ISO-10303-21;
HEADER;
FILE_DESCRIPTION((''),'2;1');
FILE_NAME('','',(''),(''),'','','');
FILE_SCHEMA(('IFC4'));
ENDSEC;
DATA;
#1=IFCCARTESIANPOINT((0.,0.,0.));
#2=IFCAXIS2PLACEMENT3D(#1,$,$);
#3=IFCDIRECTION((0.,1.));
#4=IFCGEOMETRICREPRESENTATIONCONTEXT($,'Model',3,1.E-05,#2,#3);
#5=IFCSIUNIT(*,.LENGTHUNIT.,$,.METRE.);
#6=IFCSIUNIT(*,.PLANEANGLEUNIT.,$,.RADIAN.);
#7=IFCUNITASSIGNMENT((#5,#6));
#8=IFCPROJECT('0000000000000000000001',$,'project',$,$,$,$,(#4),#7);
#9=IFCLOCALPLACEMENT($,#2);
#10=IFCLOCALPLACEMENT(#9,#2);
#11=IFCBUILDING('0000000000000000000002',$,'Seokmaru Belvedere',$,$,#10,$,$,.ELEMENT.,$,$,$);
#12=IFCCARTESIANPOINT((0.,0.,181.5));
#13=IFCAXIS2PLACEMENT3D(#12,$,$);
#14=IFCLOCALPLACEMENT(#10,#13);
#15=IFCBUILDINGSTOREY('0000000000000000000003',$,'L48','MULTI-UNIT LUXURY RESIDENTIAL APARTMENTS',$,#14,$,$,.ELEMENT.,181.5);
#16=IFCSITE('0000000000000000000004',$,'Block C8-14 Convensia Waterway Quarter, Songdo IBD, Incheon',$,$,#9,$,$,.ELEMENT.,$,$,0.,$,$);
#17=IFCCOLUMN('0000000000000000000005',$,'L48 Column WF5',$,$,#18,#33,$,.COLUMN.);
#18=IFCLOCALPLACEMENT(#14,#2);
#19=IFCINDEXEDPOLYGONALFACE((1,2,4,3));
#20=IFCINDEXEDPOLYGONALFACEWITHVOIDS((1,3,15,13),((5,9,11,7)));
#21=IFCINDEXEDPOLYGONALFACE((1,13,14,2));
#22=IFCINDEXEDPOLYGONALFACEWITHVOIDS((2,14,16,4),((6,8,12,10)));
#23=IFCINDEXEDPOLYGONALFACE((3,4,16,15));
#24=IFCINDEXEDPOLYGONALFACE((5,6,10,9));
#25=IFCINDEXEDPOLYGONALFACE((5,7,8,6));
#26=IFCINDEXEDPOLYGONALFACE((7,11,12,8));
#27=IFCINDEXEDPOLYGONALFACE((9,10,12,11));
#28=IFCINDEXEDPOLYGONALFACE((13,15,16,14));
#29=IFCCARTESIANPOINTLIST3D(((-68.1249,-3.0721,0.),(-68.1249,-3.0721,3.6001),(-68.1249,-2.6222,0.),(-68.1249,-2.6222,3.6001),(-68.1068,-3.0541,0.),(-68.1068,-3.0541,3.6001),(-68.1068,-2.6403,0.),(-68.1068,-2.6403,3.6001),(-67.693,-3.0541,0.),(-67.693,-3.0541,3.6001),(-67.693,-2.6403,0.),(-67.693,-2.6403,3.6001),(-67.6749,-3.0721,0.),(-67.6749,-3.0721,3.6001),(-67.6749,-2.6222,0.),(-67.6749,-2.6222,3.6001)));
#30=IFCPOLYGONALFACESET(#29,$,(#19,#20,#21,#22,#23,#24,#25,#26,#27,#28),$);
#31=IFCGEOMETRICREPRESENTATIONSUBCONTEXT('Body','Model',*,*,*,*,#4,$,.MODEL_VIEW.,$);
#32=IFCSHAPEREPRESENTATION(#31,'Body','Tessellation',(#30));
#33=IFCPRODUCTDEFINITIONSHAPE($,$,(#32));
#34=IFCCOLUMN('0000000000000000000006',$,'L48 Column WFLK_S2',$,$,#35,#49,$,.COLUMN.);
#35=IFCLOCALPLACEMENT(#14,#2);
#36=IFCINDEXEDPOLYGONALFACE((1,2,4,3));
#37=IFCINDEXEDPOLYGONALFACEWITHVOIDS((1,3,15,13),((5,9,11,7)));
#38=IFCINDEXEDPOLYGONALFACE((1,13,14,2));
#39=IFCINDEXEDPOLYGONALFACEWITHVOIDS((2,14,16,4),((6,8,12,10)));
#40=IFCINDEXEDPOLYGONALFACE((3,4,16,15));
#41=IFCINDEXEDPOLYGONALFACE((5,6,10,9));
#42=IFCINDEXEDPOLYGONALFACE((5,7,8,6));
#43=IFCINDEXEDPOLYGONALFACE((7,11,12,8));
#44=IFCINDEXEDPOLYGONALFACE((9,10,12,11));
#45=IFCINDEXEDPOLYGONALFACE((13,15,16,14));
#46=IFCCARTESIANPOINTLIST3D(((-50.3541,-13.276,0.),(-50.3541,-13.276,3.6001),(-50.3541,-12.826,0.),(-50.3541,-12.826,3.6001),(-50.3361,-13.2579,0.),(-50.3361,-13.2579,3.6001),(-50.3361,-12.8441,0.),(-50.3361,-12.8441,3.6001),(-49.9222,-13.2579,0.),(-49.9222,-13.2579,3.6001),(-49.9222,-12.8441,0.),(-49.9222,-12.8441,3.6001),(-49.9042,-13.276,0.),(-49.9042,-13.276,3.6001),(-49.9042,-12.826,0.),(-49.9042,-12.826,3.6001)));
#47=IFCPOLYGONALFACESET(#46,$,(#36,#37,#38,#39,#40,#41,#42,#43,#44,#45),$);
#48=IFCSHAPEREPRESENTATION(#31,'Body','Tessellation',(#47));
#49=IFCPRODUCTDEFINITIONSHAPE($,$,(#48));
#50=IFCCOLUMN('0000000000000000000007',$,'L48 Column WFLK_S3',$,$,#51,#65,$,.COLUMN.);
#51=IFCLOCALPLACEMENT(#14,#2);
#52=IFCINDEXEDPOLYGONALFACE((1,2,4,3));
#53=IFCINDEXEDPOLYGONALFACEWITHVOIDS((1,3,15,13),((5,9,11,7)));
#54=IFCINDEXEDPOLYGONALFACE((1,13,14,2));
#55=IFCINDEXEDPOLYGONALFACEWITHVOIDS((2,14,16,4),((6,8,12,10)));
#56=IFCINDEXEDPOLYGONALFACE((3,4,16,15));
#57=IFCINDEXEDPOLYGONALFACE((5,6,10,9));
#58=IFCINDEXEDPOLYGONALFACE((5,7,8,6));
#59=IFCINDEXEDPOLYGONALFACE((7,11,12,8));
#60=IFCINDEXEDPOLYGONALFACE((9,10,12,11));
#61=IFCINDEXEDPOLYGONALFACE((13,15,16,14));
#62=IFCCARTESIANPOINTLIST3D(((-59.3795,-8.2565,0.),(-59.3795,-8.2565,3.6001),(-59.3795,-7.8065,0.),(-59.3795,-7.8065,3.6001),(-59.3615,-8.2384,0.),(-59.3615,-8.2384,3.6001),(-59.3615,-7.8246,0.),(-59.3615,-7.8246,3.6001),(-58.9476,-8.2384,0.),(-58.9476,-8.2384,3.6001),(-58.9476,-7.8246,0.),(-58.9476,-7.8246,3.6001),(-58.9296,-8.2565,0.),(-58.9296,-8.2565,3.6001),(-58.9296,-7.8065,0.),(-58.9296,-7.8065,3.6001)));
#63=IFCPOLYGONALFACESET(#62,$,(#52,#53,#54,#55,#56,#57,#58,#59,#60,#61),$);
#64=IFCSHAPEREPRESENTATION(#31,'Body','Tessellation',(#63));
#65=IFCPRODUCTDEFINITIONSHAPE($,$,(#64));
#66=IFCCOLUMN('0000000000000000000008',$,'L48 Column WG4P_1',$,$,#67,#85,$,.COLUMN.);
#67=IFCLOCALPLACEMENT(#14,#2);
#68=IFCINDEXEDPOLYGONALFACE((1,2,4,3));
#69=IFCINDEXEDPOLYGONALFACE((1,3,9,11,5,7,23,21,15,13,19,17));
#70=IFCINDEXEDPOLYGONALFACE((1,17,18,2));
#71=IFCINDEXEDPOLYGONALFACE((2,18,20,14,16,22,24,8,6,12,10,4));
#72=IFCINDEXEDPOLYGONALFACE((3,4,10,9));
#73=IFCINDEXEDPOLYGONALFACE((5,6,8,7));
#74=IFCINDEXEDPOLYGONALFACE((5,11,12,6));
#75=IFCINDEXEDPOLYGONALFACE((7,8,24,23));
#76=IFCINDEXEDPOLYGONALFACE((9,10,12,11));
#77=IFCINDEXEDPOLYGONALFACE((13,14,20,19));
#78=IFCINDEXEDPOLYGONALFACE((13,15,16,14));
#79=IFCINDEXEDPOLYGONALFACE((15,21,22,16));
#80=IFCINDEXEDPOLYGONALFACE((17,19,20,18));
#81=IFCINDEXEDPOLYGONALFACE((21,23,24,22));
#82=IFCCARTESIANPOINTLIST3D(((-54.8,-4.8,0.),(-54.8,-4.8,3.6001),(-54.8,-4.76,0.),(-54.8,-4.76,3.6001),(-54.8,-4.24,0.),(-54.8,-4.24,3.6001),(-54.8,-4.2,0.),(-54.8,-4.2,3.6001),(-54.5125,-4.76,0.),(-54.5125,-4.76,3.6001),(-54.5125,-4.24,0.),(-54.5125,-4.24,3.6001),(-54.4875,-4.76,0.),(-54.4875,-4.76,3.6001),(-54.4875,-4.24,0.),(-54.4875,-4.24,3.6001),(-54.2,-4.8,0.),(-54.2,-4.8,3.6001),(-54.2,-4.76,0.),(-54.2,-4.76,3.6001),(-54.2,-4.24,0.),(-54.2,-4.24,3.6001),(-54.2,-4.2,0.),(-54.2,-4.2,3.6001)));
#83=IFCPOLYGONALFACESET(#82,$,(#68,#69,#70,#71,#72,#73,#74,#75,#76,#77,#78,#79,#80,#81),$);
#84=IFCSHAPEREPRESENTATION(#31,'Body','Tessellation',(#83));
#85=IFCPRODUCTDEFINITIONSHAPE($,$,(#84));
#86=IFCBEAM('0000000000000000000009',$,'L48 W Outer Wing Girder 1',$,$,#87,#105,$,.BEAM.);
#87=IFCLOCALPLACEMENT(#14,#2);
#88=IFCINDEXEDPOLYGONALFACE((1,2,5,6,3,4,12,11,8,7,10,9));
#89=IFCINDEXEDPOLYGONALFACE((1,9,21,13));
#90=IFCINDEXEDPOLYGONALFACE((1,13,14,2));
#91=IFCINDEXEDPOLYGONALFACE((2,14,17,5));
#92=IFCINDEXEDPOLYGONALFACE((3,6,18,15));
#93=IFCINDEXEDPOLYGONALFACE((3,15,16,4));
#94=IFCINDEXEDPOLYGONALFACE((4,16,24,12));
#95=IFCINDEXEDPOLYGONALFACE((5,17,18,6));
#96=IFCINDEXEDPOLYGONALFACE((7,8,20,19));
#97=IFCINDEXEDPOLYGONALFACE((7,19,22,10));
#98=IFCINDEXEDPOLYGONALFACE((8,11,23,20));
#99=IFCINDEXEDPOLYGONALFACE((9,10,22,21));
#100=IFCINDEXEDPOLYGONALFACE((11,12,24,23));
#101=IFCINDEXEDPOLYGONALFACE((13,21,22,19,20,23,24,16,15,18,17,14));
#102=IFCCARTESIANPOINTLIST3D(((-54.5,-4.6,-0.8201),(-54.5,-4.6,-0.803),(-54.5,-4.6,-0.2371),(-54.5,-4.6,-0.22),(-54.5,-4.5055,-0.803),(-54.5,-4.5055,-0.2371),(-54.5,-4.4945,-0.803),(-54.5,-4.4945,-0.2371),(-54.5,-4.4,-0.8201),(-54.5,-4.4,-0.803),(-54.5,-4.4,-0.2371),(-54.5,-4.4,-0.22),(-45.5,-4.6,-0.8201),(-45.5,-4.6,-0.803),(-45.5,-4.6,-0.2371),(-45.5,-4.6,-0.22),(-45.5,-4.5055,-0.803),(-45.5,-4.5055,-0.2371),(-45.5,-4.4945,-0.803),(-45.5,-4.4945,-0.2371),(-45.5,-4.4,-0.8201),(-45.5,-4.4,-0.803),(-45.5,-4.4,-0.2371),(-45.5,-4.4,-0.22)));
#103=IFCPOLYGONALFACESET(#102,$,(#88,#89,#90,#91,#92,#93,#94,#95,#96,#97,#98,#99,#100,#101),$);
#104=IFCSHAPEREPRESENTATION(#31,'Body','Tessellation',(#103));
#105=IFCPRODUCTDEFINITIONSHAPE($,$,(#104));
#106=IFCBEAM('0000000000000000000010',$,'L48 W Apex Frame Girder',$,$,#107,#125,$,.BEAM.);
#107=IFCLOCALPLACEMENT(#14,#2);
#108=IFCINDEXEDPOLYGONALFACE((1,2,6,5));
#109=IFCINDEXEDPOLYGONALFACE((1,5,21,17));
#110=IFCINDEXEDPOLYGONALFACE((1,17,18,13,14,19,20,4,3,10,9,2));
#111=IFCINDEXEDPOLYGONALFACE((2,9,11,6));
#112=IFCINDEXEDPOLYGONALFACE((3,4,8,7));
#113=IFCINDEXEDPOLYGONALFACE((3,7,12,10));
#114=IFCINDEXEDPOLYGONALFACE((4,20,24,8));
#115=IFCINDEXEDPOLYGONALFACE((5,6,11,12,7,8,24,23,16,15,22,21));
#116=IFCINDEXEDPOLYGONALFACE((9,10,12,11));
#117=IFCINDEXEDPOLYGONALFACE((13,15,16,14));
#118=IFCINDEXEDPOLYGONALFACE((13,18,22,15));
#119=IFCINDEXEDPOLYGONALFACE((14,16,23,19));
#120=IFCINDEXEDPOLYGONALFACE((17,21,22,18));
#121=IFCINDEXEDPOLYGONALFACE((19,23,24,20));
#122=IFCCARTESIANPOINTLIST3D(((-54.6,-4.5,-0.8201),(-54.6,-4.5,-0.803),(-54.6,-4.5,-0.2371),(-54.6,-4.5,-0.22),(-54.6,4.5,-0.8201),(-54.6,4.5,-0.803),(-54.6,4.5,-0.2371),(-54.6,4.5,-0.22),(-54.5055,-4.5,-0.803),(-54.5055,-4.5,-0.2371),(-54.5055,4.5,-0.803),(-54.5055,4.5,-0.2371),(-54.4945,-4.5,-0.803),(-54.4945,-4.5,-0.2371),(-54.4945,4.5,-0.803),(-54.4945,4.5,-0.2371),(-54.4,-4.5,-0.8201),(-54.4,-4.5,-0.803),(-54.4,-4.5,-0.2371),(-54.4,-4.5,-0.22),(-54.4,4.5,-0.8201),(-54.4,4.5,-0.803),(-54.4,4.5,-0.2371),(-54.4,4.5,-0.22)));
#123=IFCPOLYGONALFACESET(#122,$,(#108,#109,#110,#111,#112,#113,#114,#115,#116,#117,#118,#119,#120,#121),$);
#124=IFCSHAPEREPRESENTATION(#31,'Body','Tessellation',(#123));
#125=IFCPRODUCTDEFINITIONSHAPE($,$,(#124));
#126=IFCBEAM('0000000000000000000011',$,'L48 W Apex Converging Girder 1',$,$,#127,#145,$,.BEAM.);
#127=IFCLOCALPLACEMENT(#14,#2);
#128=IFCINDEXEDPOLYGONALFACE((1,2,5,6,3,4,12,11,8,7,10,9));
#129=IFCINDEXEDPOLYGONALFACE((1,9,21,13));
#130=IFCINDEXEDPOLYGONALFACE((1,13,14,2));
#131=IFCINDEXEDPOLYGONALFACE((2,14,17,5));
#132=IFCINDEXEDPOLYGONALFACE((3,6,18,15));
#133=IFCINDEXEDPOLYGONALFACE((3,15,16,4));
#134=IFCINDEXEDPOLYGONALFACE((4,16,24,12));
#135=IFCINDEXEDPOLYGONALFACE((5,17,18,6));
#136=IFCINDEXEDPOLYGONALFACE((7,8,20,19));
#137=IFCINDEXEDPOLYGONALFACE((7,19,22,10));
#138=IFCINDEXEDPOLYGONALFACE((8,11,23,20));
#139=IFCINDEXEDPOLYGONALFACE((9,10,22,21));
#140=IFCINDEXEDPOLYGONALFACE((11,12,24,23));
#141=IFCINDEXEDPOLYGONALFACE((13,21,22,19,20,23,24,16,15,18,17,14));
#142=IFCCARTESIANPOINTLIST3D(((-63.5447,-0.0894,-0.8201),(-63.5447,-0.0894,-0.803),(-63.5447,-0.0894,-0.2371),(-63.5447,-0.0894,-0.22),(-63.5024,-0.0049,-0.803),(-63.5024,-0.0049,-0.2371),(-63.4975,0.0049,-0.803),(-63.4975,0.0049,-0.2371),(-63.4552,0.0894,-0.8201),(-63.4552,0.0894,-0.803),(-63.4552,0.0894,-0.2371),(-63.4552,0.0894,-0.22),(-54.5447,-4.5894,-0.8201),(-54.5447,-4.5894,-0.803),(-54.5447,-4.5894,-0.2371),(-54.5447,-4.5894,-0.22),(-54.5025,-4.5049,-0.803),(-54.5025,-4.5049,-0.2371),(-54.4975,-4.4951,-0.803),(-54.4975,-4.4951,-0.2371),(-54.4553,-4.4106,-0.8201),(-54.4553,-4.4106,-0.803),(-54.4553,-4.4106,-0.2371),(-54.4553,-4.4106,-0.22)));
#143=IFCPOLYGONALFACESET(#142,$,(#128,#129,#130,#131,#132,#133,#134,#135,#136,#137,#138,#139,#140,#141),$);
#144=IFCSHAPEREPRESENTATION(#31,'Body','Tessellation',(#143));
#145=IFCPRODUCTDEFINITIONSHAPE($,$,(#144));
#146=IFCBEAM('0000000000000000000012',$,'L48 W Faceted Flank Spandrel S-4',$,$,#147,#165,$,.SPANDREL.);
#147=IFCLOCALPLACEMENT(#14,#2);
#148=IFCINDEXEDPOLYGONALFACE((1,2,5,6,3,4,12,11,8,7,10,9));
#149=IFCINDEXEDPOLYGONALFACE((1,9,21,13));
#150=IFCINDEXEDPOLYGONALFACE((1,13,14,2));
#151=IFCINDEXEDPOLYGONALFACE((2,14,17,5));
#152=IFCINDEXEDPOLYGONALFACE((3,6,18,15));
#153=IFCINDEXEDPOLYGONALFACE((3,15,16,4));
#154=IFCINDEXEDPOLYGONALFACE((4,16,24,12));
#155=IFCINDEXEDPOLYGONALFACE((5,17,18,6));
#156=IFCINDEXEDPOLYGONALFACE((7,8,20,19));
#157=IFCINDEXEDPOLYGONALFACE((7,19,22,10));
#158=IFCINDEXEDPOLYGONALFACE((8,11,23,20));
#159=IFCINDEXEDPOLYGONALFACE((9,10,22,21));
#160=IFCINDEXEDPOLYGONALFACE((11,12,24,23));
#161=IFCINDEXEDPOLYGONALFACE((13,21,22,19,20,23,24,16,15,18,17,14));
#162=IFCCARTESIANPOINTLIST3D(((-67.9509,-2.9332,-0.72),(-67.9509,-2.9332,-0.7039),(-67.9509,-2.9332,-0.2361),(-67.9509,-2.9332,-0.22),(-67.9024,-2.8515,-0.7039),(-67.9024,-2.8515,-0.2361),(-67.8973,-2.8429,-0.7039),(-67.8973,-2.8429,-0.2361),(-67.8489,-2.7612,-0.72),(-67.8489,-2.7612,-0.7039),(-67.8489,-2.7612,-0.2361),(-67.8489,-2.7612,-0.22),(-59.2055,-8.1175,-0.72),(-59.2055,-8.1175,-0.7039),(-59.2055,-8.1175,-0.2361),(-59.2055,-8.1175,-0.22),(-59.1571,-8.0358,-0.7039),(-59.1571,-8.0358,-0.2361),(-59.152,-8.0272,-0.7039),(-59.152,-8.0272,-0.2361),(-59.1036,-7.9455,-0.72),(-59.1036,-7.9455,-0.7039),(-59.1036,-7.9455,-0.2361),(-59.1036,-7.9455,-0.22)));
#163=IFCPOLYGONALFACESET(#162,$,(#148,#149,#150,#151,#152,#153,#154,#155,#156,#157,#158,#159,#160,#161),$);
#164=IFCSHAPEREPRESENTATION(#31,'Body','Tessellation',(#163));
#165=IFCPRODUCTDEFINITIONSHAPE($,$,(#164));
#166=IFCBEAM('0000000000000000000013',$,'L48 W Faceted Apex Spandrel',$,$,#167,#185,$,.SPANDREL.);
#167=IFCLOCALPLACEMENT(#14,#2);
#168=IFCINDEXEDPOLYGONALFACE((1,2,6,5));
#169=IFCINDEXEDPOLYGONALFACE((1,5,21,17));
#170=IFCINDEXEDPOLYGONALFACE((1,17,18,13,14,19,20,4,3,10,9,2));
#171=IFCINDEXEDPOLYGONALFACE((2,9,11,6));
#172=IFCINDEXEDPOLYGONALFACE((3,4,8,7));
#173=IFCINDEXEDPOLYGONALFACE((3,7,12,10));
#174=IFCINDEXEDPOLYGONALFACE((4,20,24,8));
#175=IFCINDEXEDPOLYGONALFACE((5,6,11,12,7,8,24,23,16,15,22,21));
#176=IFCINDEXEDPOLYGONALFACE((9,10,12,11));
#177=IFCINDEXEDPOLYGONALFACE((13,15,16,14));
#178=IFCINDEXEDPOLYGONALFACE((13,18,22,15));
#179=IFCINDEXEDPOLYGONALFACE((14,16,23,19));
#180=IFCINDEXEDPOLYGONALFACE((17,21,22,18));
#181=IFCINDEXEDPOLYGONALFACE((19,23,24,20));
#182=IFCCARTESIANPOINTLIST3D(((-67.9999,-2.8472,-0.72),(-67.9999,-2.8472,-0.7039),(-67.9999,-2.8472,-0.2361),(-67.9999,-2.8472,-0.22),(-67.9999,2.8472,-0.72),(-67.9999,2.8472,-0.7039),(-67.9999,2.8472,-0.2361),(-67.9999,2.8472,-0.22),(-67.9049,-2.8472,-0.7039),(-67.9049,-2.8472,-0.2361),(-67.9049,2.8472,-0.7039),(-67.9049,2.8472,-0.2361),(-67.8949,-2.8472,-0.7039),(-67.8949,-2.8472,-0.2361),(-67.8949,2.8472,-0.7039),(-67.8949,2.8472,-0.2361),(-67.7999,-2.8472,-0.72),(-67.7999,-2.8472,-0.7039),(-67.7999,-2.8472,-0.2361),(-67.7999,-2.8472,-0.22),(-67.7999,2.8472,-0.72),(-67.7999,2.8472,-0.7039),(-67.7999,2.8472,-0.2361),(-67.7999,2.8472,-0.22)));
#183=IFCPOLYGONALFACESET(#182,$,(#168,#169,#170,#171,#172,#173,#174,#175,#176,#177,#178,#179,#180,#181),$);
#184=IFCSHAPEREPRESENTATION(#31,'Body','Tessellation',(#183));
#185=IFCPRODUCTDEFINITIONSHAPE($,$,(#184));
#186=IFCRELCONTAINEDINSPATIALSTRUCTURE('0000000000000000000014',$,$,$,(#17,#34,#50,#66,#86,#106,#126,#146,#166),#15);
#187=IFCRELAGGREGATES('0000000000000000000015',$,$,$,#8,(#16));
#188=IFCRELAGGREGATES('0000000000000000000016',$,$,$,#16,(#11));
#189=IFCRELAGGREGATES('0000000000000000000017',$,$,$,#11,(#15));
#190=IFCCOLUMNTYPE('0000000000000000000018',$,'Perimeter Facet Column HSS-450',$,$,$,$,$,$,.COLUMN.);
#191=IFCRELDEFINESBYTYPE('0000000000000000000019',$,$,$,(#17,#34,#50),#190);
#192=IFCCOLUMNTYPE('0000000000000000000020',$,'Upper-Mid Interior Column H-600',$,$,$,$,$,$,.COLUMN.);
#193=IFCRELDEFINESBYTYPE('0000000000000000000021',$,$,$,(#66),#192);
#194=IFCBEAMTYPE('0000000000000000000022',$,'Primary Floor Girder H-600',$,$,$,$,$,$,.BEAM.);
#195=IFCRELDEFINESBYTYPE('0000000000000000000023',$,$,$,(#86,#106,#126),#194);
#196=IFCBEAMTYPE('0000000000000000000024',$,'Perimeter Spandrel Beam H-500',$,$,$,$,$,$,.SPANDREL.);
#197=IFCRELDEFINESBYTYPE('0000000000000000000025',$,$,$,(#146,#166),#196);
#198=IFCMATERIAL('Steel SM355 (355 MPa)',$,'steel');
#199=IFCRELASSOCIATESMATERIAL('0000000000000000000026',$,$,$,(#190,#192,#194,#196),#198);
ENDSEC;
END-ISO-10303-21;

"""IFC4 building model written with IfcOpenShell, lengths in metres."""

from ifc_helpers import new_model, si_unit, direction, frame, origin, origin_2d, place, context, subcontext, project, spatial, hollow_rectangle, i_section, extrude, source, transform, mapped, material, material_profile, profile_set, type_object, type_shapes, element, save


model = new_model("IFC4")

# Units and contexts
model_context = context("Model", 3, precision=1e-05, world=origin(), true_north=direction((0.0, 1.0)))
body_context = subcontext(model_context, "Body", "Model", "MODEL_VIEW")
ifc_project = project(units=[si_unit("LENGTHUNIT", "METRE"), si_unit("PLANEANGLEUNIT", "RADIAN")], contexts=[model_context])

# Site, building, storey
site_placement = place(None, origin())
site = spatial("IfcSite", under=ifc_project, at=site_placement, Name="Block C8-14 Convensia Waterway Quarter, Songdo IBD, Incheon", CompositionType="ELEMENT", RefElevation=0.0)
building_placement = place(site_placement, origin())
building = spatial("IfcBuilding", under=site, at=building_placement, Name="Seokmaru Belvedere", CompositionType="ELEMENT")
storey_placement = place(building_placement, frame((0.0, 0.0, 181.5)))
storey = spatial("IfcBuildingStorey", under=building, at=storey_placement, Name="L48", Description="MULTI-UNIT LUXURY RESIDENTIAL APARTMENTS", CompositionType="ELEMENT", Elevation=181.5)

# Columns
ifc_material_1 = material(Name="Steel SM355 (355 MPa)", Category="steel")
ifc_material_profile_1 = material_profile(ifc_material_1, hollow_rectangle(XDim=0.45, YDim=0.45, WallThickness=0.0181, at=origin_2d()), Name="HSS-450x450x18")
ifc_profile_set_1 = profile_set([ifc_material_profile_1], Name="Steel SM355 (355 MPa)")
column_type_1 = type_object("IfcColumnType", Name="Perimeter Facet Column HSS-450", PredefinedType="COLUMN", material=ifc_profile_set_1)
shared_shape_1 = source(origin(), body_context, "Body", "SweptSolid", [
    extrude(hollow_rectangle(XDim=0.45, YDim=0.45, WallThickness=0.0181, at=origin_2d()), origin(), (0.0, 0.0, 1.0), 3.6001),
])
type_shapes(column_type_1, [shared_shape_1])
for number, where, z_axis, x_axis, name in (
    (1, (-67.8999, -2.8472, 0.0), (0.0, 0.0, 1.0), (1.0, 0.0, 0.0), "L48 Column WF5"),
    (2, (-50.1292, -13.051, 0.0), (0.0, 0.0, 1.0), (1.0, 0.0, 0.0), "L48 Column WFLK_S2"),
    (3, (-59.1545, -8.0315, 0.0), (0.0, 0.0, 1.0), (1.0, 0.0, 0.0), "L48 Column WFLK_S3"),
):
    element("IfcColumn", number, at=place(storey_placement, frame(where, z_axis=z_axis, x_axis=x_axis)), inside=storey, type_object=column_type_1, Name=name, PredefinedType="COLUMN", context=body_context, shape_type="MappedRepresentation", body=[
        mapped(shared_shape_1, transform((0.0, 0.0, 0.0), scale=1.0)),
    ])
ifc_material_profile_2 = material_profile(ifc_material_1, i_section(OverallWidth=0.6001, OverallDepth=0.6001, WebThickness=0.0249, FlangeThickness=0.04, at=origin_2d()), Name="H-600x600x25x40")
ifc_profile_set_2 = profile_set([ifc_material_profile_2], Name="Steel SM355 (355 MPa)")
column_type_2 = type_object("IfcColumnType", Name="Upper-Mid Interior Column H-600", PredefinedType="COLUMN", material=ifc_profile_set_2)
shared_shape_2 = source(origin(), body_context, "Body", "SweptSolid", [
    extrude(i_section(OverallWidth=0.6001, OverallDepth=0.6001, WebThickness=0.0249, FlangeThickness=0.04, at=origin_2d()), origin(), (0.0, 0.0, 1.0), 3.6001),
])
type_shapes(column_type_2, [shared_shape_2])
column_placement = place(storey_placement, frame((-54.5, -4.5, 0.0), z_axis=(0.0, 0.0, 1.0), x_axis=(1.0, 0.0, 0.0)))
element("IfcColumn", 4, at=column_placement, inside=storey, type_object=column_type_2, Name="L48 Column WG4P_1", PredefinedType="COLUMN", context=body_context, shape_type="MappedRepresentation", body=[
    mapped(shared_shape_2, transform((0.0, 0.0, 0.0), scale=1.0)),
])

# Beams
ifc_material_profile_3 = material_profile(ifc_material_1, i_section(OverallWidth=0.2, OverallDepth=0.6001, WebThickness=0.011, FlangeThickness=0.0171, at=origin_2d()), Name="H-600x200x11x17")
ifc_profile_set_3 = profile_set([ifc_material_profile_3], Name="Steel SM355 (355 MPa)")
beam_type_1 = type_object("IfcBeamType", Name="Primary Floor Girder H-600", PredefinedType="BEAM", material=ifc_profile_set_3)
shared_shape_3 = source(origin(), body_context, "Body", "SweptSolid", [
    extrude(i_section(OverallWidth=0.2, OverallDepth=0.6001, WebThickness=0.011, FlangeThickness=0.0171, at=origin_2d()), origin(), (0.0, 0.0, 1.0), 9.0),
])
for number, where, z_axis, x_axis, name in (
    (5, (-54.5, -4.5, -0.52), (1.0, 0.0, 0.0), (0.0, 1.0, 0.0), "L48 W Outer Wing Girder 1"),
    (6, (-54.5, -4.5, -0.52), (0.0, 1.0, 0.0), (-1.0, 0.0, 0.0), "L48 W Apex Frame Girder"),
):
    element("IfcBeam", number, at=place(storey_placement, frame(where, z_axis=z_axis, x_axis=x_axis)), inside=storey, type_object=beam_type_1, Name=name, PredefinedType="BEAM", context=body_context, shape_type="MappedRepresentation", body=[
        mapped(shared_shape_3, transform((0.0, 0.0, 0.0), scale=1.0)),
    ])
shared_shape_4 = source(origin(), body_context, "Body", "SweptSolid", [
    extrude(i_section(OverallWidth=0.2, OverallDepth=0.6001, WebThickness=0.011, FlangeThickness=0.0171, at=origin_2d()), origin(), (0.0, 0.0, 1.0), 10.0623),
])
beam_1_placement = place(storey_placement, frame((-54.5, -4.5, -0.52), z_axis=(-0.894427, 0.447214, 0.0), x_axis=(-0.447214, -0.894427, 0.0)))
element("IfcBeam", 7, at=beam_1_placement, inside=storey, type_object=beam_type_1, Name="L48 W Apex Converging Girder 1", PredefinedType="BEAM", context=body_context, shape_type="MappedRepresentation", body=[
    mapped(shared_shape_4, transform((0.0, 0.0, 0.0), scale=1.0)),
])
ifc_material_profile_4 = material_profile(ifc_material_1, i_section(OverallWidth=0.2, OverallDepth=0.5, WebThickness=0.01, FlangeThickness=0.0161, at=origin_2d()), Name="H-500x200x10x16")
ifc_profile_set_4 = profile_set([ifc_material_profile_4], Name="Steel SM355 (355 MPa)")
beam_type_2 = type_object("IfcBeamType", Name="Perimeter Spandrel Beam H-500", PredefinedType="SPANDREL", material=ifc_profile_set_4)
shared_shape_5 = source(origin(), body_context, "Body", "SweptSolid", [
    extrude(i_section(OverallWidth=0.2, OverallDepth=0.5, WebThickness=0.01, FlangeThickness=0.0161, at=origin_2d()), origin(), (0.0, 0.0, 1.0), 10.1665),
])
beam_2_placement = place(storey_placement, frame((-59.1545, -8.0315, -0.47), z_axis=(-0.86021, 0.50994, 0.0), x_axis=(-0.50994, -0.86021, 0.0)))
element("IfcBeam", 8, at=beam_2_placement, inside=storey, type_object=beam_type_2, Name="L48 W Faceted Flank Spandrel S-4", PredefinedType="SPANDREL", context=body_context, shape_type="MappedRepresentation", body=[
    mapped(shared_shape_5, transform((0.0, 0.0, 0.0), scale=1.0)),
])
shared_shape_6 = source(origin(), body_context, "Body", "SweptSolid", [
    extrude(i_section(OverallWidth=0.2, OverallDepth=0.5, WebThickness=0.01, FlangeThickness=0.0161, at=origin_2d()), origin(), (0.0, 0.0, 1.0), 5.6943),
])
type_shapes(beam_type_2, [shared_shape_5, shared_shape_6])
beam_3_placement = place(storey_placement, frame((-67.8999, -2.8472, -0.47), z_axis=(0.0, 1.0, 0.0), x_axis=(-1.0, 0.0, 0.0)))
element("IfcBeam", 9, at=beam_3_placement, inside=storey, type_object=beam_type_2, Name="L48 W Faceted Apex Spandrel", PredefinedType="SPANDREL", context=body_context, shape_type="MappedRepresentation", body=[
    mapped(shared_shape_6, transform((0.0, 0.0, 0.0), scale=1.0)),
])

save(model, "model.ifc")
